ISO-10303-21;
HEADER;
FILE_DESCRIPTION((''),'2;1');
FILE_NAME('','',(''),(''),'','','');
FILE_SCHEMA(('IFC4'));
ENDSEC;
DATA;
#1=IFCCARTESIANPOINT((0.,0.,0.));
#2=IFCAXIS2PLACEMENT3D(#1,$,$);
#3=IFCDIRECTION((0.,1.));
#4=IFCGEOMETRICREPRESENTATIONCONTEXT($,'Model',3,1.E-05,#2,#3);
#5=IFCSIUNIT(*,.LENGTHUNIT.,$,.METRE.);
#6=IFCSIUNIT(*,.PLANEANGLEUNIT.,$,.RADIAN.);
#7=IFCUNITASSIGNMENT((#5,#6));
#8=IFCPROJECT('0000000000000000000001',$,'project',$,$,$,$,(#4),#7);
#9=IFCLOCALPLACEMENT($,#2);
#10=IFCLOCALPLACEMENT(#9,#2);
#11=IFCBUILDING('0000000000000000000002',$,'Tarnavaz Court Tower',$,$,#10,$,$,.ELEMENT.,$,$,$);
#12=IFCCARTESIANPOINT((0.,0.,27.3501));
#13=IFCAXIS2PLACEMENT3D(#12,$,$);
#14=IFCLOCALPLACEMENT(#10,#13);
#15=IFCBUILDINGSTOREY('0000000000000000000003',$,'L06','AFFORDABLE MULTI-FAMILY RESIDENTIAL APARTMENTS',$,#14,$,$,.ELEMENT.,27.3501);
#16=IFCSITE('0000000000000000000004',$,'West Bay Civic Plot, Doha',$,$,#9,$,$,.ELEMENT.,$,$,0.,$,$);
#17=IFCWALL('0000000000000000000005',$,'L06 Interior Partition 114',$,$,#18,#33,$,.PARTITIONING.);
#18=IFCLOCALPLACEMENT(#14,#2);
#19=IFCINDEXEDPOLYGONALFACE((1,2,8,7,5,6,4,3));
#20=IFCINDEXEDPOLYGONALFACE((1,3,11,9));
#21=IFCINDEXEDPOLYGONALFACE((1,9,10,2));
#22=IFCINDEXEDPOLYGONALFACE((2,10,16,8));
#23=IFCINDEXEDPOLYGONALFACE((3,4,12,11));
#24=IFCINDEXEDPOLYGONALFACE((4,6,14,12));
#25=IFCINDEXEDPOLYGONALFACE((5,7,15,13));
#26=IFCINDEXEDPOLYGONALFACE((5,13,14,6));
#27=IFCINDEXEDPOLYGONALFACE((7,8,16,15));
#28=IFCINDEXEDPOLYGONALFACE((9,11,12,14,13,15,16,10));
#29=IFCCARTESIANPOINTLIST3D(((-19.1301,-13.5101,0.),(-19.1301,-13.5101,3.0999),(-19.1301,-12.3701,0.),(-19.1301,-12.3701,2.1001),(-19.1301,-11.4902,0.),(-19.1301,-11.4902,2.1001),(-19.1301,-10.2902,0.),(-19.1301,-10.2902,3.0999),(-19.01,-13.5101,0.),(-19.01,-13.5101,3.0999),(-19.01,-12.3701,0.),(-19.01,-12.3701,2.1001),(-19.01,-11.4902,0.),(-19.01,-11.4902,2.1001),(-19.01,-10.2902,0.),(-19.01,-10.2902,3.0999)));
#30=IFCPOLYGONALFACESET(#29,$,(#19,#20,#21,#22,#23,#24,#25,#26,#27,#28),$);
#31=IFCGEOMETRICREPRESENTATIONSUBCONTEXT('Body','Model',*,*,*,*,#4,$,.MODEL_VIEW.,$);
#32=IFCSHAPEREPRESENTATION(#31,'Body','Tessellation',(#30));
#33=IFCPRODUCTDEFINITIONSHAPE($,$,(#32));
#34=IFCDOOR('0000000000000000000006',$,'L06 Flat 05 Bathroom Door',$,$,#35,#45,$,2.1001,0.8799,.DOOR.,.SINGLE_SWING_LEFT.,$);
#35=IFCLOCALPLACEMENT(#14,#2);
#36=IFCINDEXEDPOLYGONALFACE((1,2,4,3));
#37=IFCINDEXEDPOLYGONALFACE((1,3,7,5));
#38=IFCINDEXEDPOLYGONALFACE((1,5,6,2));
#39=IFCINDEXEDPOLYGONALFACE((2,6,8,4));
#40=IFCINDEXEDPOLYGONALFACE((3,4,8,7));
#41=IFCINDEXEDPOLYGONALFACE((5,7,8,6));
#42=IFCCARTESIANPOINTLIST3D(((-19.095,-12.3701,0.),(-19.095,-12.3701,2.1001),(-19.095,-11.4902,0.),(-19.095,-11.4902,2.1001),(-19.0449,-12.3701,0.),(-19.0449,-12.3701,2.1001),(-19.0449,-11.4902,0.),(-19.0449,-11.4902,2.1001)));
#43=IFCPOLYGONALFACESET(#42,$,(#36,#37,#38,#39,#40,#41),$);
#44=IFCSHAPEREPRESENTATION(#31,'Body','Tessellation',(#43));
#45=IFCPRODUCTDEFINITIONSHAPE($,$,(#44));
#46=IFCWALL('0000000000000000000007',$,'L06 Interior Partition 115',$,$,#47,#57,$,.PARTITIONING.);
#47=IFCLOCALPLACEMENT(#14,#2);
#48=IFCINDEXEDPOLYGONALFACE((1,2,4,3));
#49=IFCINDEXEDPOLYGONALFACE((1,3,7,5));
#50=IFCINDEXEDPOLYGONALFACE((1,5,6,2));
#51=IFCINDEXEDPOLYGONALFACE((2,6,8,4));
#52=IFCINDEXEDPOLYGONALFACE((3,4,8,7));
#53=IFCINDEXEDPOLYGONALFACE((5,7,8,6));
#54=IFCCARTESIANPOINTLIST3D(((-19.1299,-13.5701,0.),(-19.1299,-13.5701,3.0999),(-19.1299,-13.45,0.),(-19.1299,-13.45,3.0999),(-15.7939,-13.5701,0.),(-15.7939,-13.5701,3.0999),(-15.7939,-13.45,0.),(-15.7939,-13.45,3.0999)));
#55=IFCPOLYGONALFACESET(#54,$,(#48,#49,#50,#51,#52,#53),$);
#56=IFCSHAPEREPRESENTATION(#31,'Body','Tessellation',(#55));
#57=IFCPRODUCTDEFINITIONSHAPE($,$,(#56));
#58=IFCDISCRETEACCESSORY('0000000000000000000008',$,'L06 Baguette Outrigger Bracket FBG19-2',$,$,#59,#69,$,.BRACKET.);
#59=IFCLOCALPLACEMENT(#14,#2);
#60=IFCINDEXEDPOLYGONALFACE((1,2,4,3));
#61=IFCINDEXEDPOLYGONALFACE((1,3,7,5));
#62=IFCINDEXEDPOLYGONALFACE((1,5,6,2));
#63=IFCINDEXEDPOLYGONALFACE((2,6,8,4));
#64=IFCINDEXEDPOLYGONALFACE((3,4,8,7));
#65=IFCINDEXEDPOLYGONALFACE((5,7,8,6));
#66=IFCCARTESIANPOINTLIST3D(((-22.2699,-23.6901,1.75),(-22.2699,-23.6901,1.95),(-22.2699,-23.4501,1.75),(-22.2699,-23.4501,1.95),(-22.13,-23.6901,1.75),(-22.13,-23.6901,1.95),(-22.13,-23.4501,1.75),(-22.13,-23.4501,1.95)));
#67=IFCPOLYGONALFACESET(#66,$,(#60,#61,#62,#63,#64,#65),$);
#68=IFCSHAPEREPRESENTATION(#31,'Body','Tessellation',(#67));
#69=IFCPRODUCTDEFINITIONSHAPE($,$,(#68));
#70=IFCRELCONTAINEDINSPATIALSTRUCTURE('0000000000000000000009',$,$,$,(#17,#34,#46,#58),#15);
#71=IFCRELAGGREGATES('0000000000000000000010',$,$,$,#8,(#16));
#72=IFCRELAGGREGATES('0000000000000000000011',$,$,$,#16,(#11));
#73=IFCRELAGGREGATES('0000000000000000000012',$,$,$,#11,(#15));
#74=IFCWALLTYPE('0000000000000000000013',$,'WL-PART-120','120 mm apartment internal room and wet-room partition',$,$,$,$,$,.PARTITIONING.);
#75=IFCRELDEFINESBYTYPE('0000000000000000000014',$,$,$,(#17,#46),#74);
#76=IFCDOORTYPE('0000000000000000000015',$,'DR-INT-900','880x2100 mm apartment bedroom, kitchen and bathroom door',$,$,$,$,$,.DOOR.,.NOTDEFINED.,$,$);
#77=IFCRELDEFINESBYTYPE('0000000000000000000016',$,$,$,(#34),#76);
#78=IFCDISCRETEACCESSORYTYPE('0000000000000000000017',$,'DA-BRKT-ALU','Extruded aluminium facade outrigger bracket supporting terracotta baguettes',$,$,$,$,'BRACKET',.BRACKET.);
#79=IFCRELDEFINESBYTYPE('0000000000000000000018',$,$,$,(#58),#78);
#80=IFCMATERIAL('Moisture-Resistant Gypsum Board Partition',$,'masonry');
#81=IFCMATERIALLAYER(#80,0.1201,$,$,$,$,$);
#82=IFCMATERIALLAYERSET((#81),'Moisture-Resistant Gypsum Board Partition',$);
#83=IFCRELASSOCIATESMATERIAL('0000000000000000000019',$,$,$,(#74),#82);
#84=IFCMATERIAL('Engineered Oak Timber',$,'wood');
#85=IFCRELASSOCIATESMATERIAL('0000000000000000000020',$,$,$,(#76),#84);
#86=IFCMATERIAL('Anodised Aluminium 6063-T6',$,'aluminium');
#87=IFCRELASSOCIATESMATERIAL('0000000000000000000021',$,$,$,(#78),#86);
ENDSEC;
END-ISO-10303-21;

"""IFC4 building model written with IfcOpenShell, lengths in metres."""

from ifc_helpers import new_model, si_unit, direction, frame, frame_2d, origin, origin_2d, place, context, subcontext, project, spatial, rectangle, extrude, material, layer, layer_set, type_object, element, fill, save


model = new_model("IFC4")

# Units and contexts
model_context = context("Model", 3, precision=1e-05, world=origin(), true_north=direction((0.0, 1.0)))
body_context = subcontext(model_context, "Body", "Model", "MODEL_VIEW")
ifc_project = project(units=[si_unit("LENGTHUNIT", "METRE"), si_unit("PLANEANGLEUNIT", "RADIAN")], contexts=[model_context])

# Site, building, storey
site_placement = place(None, origin())
site = spatial("IfcSite", under=ifc_project, at=site_placement, Name="West Bay Civic Plot, Doha", CompositionType="ELEMENT", RefElevation=0.0)
building_placement = place(site_placement, origin())
building = spatial("IfcBuilding", under=site, at=building_placement, Name="Tarnavaz Court Tower", CompositionType="ELEMENT")
storey_placement = place(building_placement, frame((0.0, 0.0, 27.3501)))
storey = spatial("IfcBuildingStorey", under=building, at=storey_placement, Name="L06", Description="AFFORDABLE MULTI-FAMILY RESIDENTIAL APARTMENTS", CompositionType="ELEMENT", Elevation=27.3501)

# Wall, opening, door
ifc_material_1 = material(Name="Moisture-Resistant Gypsum Board Partition", Category="masonry")
ifc_layer_1 = layer(ifc_material_1, 0.1201)
ifc_layer_set_1 = layer_set([ifc_layer_1], Name="Moisture-Resistant Gypsum Board Partition")
wall_type_1 = type_object("IfcWallType", Name="WL-PART-120", Description="120 mm apartment internal room and wet-room partition", PredefinedType="PARTITIONING", material=ifc_layer_set_1)
ifc_material_2 = material(Name="Engineered Oak Timber", Category="wood")
door_type_1 = type_object("IfcDoorType", Name="DR-INT-900", Description="880x2100 mm apartment bedroom, kitchen and bathroom door", OperationType="NOTDEFINED", PredefinedType="DOOR", material=ifc_material_2)
wall_1_placement = place(storey_placement, frame((-19.0701, -13.51, 0.0), z_axis=(0.0, 0.0, 1.0), x_axis=(0.0, 1.0, 0.0)))
wall_1 = element("IfcWall", 1, at=wall_1_placement, inside=storey, type_object=wall_type_1, Name="L06 Interior Partition 114", PredefinedType="PARTITIONING", context=body_context, shape_type="SweptSolid", body=[
    extrude(rectangle(XDim=3.22, YDim=0.1201, at=frame_2d((1.6099, 0.0))), origin(), (0.0, 0.0, 1.0), 3.0999),
])
opening_1_placement = place(wall_1_placement, frame((1.1399, 0.0, 0.0)))
opening_1 = element("IfcOpeningElement", 2, at=opening_1_placement, cuts=wall_1, PredefinedType="OPENING", context=body_context, shape_type="SweptSolid", body=[
    extrude(rectangle(XDim=0.8799, YDim=2.1001, at=frame_2d((0.4399, 1.05))), frame((0.0, 0.0701, 0.0), z_axis=(0.0, -1.0, 0.0), x_axis=(1.0, 0.0, 0.0)), (0.0, 0.0, 1.0), 0.1401),
])
door_1_placement = place(opening_1_placement, origin())
door_1 = element("IfcDoor", 3, at=door_1_placement, inside=storey, type_object=door_type_1, Name="L06 Flat 05 Bathroom Door", OperationType="SINGLE_SWING_LEFT", OverallHeight=2.1001, OverallWidth=0.8799, PredefinedType="DOOR", context=body_context, shape_type="SweptSolid", body=[
    extrude(rectangle(XDim=0.8799, YDim=2.1001, at=frame_2d((0.4399, 1.05))), frame((0.0, 0.0249, 0.0), z_axis=(0.0, -1.0, 0.0), x_axis=(1.0, 0.0, 0.0)), (0.0, 0.0, 1.0), 0.05),
])
fill(opening_1, door_1)

# Wall
wall_2_placement = place(storey_placement, frame((-19.1299, -13.51, 0.0), z_axis=(0.0, 0.0, 1.0), x_axis=(1.0, 0.0, 0.0)))
element("IfcWall", 4, at=wall_2_placement, inside=storey, type_object=wall_type_1, Name="L06 Interior Partition 115", PredefinedType="PARTITIONING", context=body_context, shape_type="SweptSolid", body=[
    extrude(rectangle(XDim=3.3359, YDim=0.1201, at=frame_2d((1.668, 0.0))), origin(), (0.0, 0.0, 1.0), 3.0999),
])

# Discrete accessory
ifc_material_3 = material(Name="Anodised Aluminium 6063-T6", Category="aluminium")
discrete_accessory_type = type_object("IfcDiscreteAccessoryType", Name="DA-BRKT-ALU", Description="Extruded aluminium facade outrigger bracket supporting terracotta baguettes", ElementType="BRACKET", PredefinedType="BRACKET", material=ifc_material_3)
discrete_accessory_placement = place(storey_placement, frame((-22.2, -23.5701, 1.75), z_axis=(0.0, 0.0, 1.0), x_axis=(-1.0, 0.0, 0.0)))
element("IfcDiscreteAccessory", 5, at=discrete_accessory_placement, inside=storey, type_object=discrete_accessory_type, Name="L06 Baguette Outrigger Bracket FBG19-2", PredefinedType="BRACKET", context=body_context, shape_type="SweptSolid", body=[
    extrude(rectangle(XDim=0.1399, YDim=0.24, at=origin_2d()), origin(), (0.0, 0.0, 1.0), 0.2),
])

save(model, "model.ifc")
